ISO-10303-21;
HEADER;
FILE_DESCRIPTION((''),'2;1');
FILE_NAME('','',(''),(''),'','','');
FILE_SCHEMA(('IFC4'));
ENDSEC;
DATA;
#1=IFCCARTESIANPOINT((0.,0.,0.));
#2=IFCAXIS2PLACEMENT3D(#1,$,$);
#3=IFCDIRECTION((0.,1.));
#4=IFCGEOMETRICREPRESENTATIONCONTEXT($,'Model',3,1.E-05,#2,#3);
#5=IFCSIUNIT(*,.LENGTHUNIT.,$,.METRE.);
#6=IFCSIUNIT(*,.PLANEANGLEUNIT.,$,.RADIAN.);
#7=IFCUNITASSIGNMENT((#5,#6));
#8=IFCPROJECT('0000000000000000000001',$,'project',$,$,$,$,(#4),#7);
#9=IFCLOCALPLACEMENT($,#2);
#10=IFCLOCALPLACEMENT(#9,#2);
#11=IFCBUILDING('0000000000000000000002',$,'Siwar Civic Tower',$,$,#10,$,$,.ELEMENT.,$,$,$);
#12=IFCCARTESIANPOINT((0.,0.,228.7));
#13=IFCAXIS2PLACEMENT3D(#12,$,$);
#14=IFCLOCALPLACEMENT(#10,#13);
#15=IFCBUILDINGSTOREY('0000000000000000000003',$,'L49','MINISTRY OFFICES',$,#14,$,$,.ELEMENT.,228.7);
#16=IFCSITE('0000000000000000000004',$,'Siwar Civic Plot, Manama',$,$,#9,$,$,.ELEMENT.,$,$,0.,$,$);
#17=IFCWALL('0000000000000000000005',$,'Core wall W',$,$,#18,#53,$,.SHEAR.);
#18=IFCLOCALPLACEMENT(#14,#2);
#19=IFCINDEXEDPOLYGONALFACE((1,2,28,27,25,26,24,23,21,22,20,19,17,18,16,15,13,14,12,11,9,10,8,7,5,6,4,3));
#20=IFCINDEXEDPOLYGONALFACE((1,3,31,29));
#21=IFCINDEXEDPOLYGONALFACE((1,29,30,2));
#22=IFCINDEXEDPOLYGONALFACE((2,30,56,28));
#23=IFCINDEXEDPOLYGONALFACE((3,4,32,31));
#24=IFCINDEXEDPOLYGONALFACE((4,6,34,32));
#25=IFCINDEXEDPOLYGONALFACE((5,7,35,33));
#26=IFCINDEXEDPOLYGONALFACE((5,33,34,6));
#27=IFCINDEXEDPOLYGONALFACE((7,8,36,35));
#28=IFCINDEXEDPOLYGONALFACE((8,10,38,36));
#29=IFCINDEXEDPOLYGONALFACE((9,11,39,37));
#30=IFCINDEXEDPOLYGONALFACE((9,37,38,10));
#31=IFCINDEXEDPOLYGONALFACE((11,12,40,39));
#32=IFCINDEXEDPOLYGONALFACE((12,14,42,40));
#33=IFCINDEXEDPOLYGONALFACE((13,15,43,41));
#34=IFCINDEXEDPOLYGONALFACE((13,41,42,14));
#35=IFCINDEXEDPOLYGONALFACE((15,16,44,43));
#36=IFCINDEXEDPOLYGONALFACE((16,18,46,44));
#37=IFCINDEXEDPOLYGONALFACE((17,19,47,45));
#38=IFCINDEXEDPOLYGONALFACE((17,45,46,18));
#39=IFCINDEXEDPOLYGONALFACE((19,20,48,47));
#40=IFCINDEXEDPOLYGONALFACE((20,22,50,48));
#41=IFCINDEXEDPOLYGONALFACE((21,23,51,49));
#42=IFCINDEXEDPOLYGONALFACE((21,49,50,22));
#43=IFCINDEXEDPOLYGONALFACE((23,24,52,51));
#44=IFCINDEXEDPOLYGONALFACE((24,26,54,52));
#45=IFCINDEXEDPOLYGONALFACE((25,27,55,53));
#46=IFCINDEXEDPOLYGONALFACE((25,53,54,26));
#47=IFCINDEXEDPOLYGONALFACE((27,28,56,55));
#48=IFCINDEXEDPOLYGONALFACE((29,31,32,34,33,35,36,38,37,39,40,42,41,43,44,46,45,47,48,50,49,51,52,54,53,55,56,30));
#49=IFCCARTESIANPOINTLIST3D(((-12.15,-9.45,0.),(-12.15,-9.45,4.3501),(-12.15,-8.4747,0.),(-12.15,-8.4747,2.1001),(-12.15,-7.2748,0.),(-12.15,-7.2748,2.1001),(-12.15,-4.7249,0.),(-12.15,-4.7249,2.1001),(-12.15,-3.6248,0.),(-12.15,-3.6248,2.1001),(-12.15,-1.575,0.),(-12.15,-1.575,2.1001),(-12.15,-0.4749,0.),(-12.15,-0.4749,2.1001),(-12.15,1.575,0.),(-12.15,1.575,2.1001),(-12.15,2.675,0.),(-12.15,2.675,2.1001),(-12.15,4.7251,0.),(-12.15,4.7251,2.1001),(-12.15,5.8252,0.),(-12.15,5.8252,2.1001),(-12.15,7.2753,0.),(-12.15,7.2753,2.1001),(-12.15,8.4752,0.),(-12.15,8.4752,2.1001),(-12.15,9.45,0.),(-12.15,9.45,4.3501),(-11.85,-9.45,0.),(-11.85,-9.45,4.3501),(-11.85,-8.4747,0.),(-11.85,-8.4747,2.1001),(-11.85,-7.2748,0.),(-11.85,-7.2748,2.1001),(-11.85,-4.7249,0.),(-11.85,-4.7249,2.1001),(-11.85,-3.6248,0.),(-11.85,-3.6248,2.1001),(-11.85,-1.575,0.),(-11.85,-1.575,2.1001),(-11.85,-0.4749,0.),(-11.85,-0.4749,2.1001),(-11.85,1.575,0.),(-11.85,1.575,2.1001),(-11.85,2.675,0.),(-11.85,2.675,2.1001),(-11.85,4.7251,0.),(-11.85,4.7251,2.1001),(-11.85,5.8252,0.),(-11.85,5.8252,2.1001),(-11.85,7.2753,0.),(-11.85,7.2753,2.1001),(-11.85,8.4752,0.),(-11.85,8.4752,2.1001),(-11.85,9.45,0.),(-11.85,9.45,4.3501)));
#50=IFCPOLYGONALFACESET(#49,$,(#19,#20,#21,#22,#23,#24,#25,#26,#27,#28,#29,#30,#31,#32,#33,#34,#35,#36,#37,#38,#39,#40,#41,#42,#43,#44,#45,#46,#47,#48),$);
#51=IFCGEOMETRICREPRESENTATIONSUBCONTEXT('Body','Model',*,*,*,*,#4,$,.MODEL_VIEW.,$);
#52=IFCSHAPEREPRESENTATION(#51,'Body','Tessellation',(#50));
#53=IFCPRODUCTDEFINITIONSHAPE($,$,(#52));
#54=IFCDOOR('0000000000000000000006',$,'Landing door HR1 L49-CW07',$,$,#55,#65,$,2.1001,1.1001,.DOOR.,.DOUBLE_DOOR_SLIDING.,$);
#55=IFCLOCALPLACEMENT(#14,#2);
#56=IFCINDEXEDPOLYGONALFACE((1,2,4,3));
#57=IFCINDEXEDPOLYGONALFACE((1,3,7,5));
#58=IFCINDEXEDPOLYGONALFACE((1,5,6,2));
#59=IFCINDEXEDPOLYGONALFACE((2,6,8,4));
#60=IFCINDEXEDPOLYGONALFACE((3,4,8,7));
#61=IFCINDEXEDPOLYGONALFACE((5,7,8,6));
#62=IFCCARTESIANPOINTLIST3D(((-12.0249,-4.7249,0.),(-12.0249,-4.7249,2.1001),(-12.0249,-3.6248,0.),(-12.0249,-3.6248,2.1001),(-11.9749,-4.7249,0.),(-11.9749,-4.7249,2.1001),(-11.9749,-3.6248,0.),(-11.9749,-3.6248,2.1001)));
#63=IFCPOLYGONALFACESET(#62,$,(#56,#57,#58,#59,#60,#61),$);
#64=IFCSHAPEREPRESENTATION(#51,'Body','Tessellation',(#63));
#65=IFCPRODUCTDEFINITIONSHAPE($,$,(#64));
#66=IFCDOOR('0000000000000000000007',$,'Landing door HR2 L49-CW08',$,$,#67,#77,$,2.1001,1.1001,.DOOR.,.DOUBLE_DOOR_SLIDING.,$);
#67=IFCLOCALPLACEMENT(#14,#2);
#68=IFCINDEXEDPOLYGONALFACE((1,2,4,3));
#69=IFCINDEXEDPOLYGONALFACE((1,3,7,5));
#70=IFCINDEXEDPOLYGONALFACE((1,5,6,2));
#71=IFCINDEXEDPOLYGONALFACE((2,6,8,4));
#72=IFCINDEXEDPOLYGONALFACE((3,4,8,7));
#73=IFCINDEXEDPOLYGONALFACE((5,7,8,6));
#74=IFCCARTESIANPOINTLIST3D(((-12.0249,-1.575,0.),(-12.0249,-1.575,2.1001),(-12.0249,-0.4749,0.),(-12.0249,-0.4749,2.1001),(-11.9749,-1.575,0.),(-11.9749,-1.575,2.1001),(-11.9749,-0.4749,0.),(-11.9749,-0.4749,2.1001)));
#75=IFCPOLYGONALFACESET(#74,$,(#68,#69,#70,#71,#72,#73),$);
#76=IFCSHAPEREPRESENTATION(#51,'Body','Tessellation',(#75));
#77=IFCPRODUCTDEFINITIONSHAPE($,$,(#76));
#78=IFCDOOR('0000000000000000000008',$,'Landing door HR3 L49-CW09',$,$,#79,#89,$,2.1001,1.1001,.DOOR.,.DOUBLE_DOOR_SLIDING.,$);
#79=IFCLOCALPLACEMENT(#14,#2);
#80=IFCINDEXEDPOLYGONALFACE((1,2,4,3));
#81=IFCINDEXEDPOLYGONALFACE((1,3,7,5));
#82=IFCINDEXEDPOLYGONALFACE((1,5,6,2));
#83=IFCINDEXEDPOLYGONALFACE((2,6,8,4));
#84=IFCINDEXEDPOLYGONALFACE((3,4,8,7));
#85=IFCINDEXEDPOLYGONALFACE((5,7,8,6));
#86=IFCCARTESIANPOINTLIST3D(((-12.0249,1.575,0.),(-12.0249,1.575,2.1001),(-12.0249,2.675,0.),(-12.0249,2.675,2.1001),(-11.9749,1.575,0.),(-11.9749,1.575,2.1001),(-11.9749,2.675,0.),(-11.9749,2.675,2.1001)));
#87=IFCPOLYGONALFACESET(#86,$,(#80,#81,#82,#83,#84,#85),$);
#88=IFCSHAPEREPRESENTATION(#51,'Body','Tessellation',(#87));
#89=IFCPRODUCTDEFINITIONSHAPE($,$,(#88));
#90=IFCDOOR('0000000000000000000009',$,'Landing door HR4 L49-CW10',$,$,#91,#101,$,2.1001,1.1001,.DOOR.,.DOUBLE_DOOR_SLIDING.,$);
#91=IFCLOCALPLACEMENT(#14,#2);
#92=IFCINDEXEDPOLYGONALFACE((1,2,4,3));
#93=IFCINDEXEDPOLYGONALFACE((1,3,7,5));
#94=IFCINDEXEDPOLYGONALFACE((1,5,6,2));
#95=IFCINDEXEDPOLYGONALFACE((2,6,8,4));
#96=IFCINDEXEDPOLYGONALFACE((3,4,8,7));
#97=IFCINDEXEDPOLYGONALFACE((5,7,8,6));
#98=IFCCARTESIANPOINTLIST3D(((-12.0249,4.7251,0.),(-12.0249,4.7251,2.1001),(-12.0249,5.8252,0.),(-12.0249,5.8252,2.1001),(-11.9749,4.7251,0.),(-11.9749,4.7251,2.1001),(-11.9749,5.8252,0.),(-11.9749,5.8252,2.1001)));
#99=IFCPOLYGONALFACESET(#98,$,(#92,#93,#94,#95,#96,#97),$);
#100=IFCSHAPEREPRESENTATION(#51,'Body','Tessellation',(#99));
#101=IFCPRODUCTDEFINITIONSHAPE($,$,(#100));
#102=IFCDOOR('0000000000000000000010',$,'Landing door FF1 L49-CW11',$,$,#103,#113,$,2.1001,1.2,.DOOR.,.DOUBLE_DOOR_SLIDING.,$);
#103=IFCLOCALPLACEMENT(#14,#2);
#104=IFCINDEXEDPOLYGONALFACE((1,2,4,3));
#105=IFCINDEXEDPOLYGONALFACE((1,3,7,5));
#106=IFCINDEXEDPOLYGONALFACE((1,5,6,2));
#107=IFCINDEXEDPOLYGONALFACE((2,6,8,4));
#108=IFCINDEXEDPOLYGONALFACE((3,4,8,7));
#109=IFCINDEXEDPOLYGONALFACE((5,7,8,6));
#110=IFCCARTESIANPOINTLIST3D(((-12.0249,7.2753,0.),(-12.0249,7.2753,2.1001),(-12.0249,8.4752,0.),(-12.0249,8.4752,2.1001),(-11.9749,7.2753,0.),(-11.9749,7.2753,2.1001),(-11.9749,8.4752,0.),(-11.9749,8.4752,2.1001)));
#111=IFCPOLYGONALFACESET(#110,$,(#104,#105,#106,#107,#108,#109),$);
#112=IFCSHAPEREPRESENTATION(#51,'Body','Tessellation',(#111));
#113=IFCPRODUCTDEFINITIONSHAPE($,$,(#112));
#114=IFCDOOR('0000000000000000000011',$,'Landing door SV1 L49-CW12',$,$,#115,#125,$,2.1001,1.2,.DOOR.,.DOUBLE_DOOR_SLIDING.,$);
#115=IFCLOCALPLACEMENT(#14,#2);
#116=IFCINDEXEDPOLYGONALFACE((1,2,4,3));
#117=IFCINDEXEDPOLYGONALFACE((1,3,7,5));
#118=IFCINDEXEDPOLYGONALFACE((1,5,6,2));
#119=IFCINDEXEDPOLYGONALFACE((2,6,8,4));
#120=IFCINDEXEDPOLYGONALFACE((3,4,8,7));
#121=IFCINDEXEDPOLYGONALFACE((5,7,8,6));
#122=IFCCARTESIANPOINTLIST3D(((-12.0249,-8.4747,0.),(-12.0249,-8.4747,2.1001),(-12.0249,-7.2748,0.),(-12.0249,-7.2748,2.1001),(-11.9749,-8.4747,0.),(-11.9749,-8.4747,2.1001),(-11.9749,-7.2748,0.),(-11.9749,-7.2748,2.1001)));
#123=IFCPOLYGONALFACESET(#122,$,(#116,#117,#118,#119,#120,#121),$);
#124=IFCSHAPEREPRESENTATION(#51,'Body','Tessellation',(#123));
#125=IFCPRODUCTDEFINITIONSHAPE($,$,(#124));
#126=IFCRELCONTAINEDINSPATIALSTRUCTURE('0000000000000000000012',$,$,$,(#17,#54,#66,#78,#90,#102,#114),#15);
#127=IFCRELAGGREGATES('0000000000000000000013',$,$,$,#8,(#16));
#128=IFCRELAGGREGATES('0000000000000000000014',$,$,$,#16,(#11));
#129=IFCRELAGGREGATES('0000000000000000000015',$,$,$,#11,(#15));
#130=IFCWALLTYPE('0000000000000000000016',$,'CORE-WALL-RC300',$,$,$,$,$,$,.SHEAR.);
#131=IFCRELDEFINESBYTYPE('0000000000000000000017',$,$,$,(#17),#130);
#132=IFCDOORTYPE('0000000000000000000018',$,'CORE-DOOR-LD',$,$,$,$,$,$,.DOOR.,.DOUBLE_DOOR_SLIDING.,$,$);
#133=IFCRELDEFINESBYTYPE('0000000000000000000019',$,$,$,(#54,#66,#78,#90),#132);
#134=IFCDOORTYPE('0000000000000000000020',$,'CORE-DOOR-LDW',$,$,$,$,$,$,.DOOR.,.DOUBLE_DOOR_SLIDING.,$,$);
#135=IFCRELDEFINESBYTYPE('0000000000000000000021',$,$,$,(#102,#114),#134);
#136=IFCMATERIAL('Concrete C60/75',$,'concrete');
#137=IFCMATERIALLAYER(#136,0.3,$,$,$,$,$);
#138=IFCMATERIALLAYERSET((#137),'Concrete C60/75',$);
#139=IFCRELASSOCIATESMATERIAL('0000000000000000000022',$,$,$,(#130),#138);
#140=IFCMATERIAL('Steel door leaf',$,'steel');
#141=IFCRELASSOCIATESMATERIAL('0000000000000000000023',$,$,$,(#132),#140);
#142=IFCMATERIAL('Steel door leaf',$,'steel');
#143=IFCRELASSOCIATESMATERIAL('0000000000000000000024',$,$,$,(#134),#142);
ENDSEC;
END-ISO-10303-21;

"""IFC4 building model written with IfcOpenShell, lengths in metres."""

from ifc_helpers import new_model, si_unit, direction, frame, frame_2d, origin, place, context, subcontext, project, spatial, rectangle, extrude, material, layer, layer_set, type_object, element, fill, save


model = new_model("IFC4")

# Units and contexts
model_context = context("Model", 3, precision=1e-05, world=origin(), true_north=direction((0.0, 1.0)))
body_context = subcontext(model_context, "Body", "Model", "MODEL_VIEW")
ifc_project = project(units=[si_unit("LENGTHUNIT", "METRE"), si_unit("PLANEANGLEUNIT", "RADIAN")], contexts=[model_context])

# Site, building, storey
site_placement = place(None, origin())
site = spatial("IfcSite", under=ifc_project, at=site_placement, Name="Siwar Civic Plot, Manama", CompositionType="ELEMENT", RefElevation=0.0)
building_placement = place(site_placement, origin())
building = spatial("IfcBuilding", under=site, at=building_placement, Name="Siwar Civic Tower", CompositionType="ELEMENT")
storey_placement = place(building_placement, frame((0.0, 0.0, 228.7)))
storey = spatial("IfcBuildingStorey", under=building, at=storey_placement, Name="L49", Description="MINISTRY OFFICES", CompositionType="ELEMENT", Elevation=228.7)

# Wall, openings, doors
ifc_material_1 = material(Name="Concrete C60/75", Category="concrete")
ifc_layer_1 = layer(ifc_material_1, 0.3)
ifc_layer_set_1 = layer_set([ifc_layer_1], Name="Concrete C60/75")
wall_type_1 = type_object("IfcWallType", Name="CORE-WALL-RC300", PredefinedType="SHEAR", material=ifc_layer_set_1)
wall_1_placement = place(storey_placement, frame((-12.0, -9.45, 0.0), z_axis=(0.0, 0.0, 1.0), x_axis=(0.0, 1.0, 0.0)))
wall_1 = element("IfcWall", 1, at=wall_1_placement, inside=storey, type_object=wall_type_1, Name="Core wall W", PredefinedType="SHEAR", context=body_context, shape_type="SweptSolid", body=[
    extrude(rectangle(XDim=18.8999, YDim=0.3, at=frame_2d((9.45, 0.0))), origin(), (0.0, 0.0, 1.0), 4.3501),
])
opening_1_placement = place(wall_1_placement, frame((4.7251, 0.0, 0.0)))
opening_1 = element("IfcOpeningElement", 2, at=opening_1_placement, cuts=wall_1, PredefinedType="OPENING", context=body_context, shape_type="SweptSolid", body=[
    extrude(rectangle(XDim=1.1001, YDim=2.1001, at=frame_2d((0.55, 1.05))), frame((0.0, 0.1602, 0.0), z_axis=(0.0, -1.0, 0.0), x_axis=(1.0, 0.0, 0.0)), (0.0, 0.0, 1.0), 0.3201),
])
opening_2_placement = place(wall_1_placement, frame((7.875, 0.0, 0.0)))
opening_2 = element("IfcOpeningElement", 3, at=opening_2_placement, cuts=wall_1, PredefinedType="OPENING", context=body_context, shape_type="SweptSolid", body=[
    extrude(rectangle(XDim=1.1001, YDim=2.1001, at=frame_2d((0.55, 1.05))), frame((0.0, 0.1602, 0.0), z_axis=(0.0, -1.0, 0.0), x_axis=(1.0, 0.0, 0.0)), (0.0, 0.0, 1.0), 0.3201),
])
opening_3_placement = place(wall_1_placement, frame((11.0249, 0.0, 0.0)))
opening_3 = element("IfcOpeningElement", 4, at=opening_3_placement, cuts=wall_1, PredefinedType="OPENING", context=body_context, shape_type="SweptSolid", body=[
    extrude(rectangle(XDim=1.1001, YDim=2.1001, at=frame_2d((0.55, 1.05))), frame((0.0, 0.1602, 0.0), z_axis=(0.0, -1.0, 0.0), x_axis=(1.0, 0.0, 0.0)), (0.0, 0.0, 1.0), 0.3201),
])
opening_4_placement = place(wall_1_placement, frame((14.175, 0.0, 0.0)))
opening_4 = element("IfcOpeningElement", 5, at=opening_4_placement, cuts=wall_1, PredefinedType="OPENING", context=body_context, shape_type="SweptSolid", body=[
    extrude(rectangle(XDim=1.1001, YDim=2.1001, at=frame_2d((0.55, 1.05))), frame((0.0, 0.1602, 0.0), z_axis=(0.0, -1.0, 0.0), x_axis=(1.0, 0.0, 0.0)), (0.0, 0.0, 1.0), 0.3201),
])
opening_5_placement = place(wall_1_placement, frame((16.7251, 0.0, 0.0)))
opening_5 = element("IfcOpeningElement", 6, at=opening_5_placement, cuts=wall_1, PredefinedType="OPENING", context=body_context, shape_type="SweptSolid", body=[
    extrude(rectangle(XDim=1.2, YDim=2.1001, at=frame_2d((0.6001, 1.05))), frame((0.0, 0.1602, 0.0), z_axis=(0.0, -1.0, 0.0), x_axis=(1.0, 0.0, 0.0)), (0.0, 0.0, 1.0), 0.3201),
])
opening_6_placement = place(wall_1_placement, frame((0.9751, 0.0, 0.0)))
opening_6 = element("IfcOpeningElement", 7, at=opening_6_placement, cuts=wall_1, PredefinedType="OPENING", context=body_context, shape_type="SweptSolid", body=[
    extrude(rectangle(XDim=1.2, YDim=2.1001, at=frame_2d((0.6001, 1.05))), frame((0.0, 0.1602, 0.0), z_axis=(0.0, -1.0, 0.0), x_axis=(1.0, 0.0, 0.0)), (0.0, 0.0, 1.0), 0.3201),
])
ifc_material_2 = material(Name="Steel door leaf", Category="steel")
door_type_1 = type_object("IfcDoorType", Name="CORE-DOOR-LD", OperationType="DOUBLE_DOOR_SLIDING", PredefinedType="DOOR", material=ifc_material_2)
door_1_placement = place(opening_1_placement, origin())
door_1 = element("IfcDoor", 8, at=door_1_placement, inside=storey, type_object=door_type_1, Name="Landing door HR1 L49-CW07", OperationType="DOUBLE_DOOR_SLIDING", OverallHeight=2.1001, OverallWidth=1.1001, PredefinedType="DOOR", context=body_context, shape_type="SweptSolid", body=[
    extrude(rectangle(XDim=1.1001, YDim=2.1001, at=frame_2d((0.55, 1.05))), frame((0.0, 0.0249, 0.0), z_axis=(0.0, -1.0, 0.0), x_axis=(1.0, 0.0, 0.0)), (0.0, 0.0, 1.0), 0.05),
])
fill(opening_1, door_1)
door_2_placement = place(opening_2_placement, origin())
door_2 = element("IfcDoor", 9, at=door_2_placement, inside=storey, type_object=door_type_1, Name="Landing door HR2 L49-CW08", OperationType="DOUBLE_DOOR_SLIDING", OverallHeight=2.1001, OverallWidth=1.1001, PredefinedType="DOOR", context=body_context, shape_type="SweptSolid", body=[
    extrude(rectangle(XDim=1.1001, YDim=2.1001, at=frame_2d((0.55, 1.05))), frame((0.0, 0.0249, 0.0), z_axis=(0.0, -1.0, 0.0), x_axis=(1.0, 0.0, 0.0)), (0.0, 0.0, 1.0), 0.05),
])
fill(opening_2, door_2)
door_3_placement = place(opening_3_placement, origin())
door_3 = element("IfcDoor", 10, at=door_3_placement, inside=storey, type_object=door_type_1, Name="Landing door HR3 L49-CW09", OperationType="DOUBLE_DOOR_SLIDING", OverallHeight=2.1001, OverallWidth=1.1001, PredefinedType="DOOR", context=body_context, shape_type="SweptSolid", body=[
    extrude(rectangle(XDim=1.1001, YDim=2.1001, at=frame_2d((0.55, 1.05))), frame((0.0, 0.0249, 0.0), z_axis=(0.0, -1.0, 0.0), x_axis=(1.0, 0.0, 0.0)), (0.0, 0.0, 1.0), 0.05),
])
fill(opening_3, door_3)
door_4_placement = place(opening_4_placement, origin())
door_4 = element("IfcDoor", 11, at=door_4_placement, inside=storey, type_object=door_type_1, Name="Landing door HR4 L49-CW10", OperationType="DOUBLE_DOOR_SLIDING", OverallHeight=2.1001, OverallWidth=1.1001, PredefinedType="DOOR", context=body_context, shape_type="SweptSolid", body=[
    extrude(rectangle(XDim=1.1001, YDim=2.1001, at=frame_2d((0.55, 1.05))), frame((0.0, 0.0249, 0.0), z_axis=(0.0, -1.0, 0.0), x_axis=(1.0, 0.0, 0.0)), (0.0, 0.0, 1.0), 0.05),
])
fill(opening_4, door_4)
ifc_material_3 = material(Name="Steel door leaf", Category="steel")
door_type_2 = type_object("IfcDoorType", Name="CORE-DOOR-LDW", OperationType="DOUBLE_DOOR_SLIDING", PredefinedType="DOOR", material=ifc_material_3)
door_5_placement = place(opening_5_placement, origin())
door_5 = element("IfcDoor", 12, at=door_5_placement, inside=storey, type_object=door_type_2, Name="Landing door FF1 L49-CW11", OperationType="DOUBLE_DOOR_SLIDING", OverallHeight=2.1001, OverallWidth=1.2, PredefinedType="DOOR", context=body_context, shape_type="SweptSolid", body=[
    extrude(rectangle(XDim=1.2, YDim=2.1001, at=frame_2d((0.6001, 1.05))), frame((0.0, 0.0249, 0.0), z_axis=(0.0, -1.0, 0.0), x_axis=(1.0, 0.0, 0.0)), (0.0, 0.0, 1.0), 0.05),
])
fill(opening_5, door_5)
door_6_placement = place(opening_6_placement, origin())
door_6 = element("IfcDoor", 13, at=door_6_placement, inside=storey, type_object=door_type_2, Name="Landing door SV1 L49-CW12", OperationType="DOUBLE_DOOR_SLIDING", OverallHeight=2.1001, OverallWidth=1.2, PredefinedType="DOOR", context=body_context, shape_type="SweptSolid", body=[
    extrude(rectangle(XDim=1.2, YDim=2.1001, at=frame_2d((0.6001, 1.05))), frame((0.0, 0.0249, 0.0), z_axis=(0.0, -1.0, 0.0), x_axis=(1.0, 0.0, 0.0)), (0.0, 0.0, 1.0), 0.05),
])
fill(opening_6, door_6)

save(model, "model.ifc")
